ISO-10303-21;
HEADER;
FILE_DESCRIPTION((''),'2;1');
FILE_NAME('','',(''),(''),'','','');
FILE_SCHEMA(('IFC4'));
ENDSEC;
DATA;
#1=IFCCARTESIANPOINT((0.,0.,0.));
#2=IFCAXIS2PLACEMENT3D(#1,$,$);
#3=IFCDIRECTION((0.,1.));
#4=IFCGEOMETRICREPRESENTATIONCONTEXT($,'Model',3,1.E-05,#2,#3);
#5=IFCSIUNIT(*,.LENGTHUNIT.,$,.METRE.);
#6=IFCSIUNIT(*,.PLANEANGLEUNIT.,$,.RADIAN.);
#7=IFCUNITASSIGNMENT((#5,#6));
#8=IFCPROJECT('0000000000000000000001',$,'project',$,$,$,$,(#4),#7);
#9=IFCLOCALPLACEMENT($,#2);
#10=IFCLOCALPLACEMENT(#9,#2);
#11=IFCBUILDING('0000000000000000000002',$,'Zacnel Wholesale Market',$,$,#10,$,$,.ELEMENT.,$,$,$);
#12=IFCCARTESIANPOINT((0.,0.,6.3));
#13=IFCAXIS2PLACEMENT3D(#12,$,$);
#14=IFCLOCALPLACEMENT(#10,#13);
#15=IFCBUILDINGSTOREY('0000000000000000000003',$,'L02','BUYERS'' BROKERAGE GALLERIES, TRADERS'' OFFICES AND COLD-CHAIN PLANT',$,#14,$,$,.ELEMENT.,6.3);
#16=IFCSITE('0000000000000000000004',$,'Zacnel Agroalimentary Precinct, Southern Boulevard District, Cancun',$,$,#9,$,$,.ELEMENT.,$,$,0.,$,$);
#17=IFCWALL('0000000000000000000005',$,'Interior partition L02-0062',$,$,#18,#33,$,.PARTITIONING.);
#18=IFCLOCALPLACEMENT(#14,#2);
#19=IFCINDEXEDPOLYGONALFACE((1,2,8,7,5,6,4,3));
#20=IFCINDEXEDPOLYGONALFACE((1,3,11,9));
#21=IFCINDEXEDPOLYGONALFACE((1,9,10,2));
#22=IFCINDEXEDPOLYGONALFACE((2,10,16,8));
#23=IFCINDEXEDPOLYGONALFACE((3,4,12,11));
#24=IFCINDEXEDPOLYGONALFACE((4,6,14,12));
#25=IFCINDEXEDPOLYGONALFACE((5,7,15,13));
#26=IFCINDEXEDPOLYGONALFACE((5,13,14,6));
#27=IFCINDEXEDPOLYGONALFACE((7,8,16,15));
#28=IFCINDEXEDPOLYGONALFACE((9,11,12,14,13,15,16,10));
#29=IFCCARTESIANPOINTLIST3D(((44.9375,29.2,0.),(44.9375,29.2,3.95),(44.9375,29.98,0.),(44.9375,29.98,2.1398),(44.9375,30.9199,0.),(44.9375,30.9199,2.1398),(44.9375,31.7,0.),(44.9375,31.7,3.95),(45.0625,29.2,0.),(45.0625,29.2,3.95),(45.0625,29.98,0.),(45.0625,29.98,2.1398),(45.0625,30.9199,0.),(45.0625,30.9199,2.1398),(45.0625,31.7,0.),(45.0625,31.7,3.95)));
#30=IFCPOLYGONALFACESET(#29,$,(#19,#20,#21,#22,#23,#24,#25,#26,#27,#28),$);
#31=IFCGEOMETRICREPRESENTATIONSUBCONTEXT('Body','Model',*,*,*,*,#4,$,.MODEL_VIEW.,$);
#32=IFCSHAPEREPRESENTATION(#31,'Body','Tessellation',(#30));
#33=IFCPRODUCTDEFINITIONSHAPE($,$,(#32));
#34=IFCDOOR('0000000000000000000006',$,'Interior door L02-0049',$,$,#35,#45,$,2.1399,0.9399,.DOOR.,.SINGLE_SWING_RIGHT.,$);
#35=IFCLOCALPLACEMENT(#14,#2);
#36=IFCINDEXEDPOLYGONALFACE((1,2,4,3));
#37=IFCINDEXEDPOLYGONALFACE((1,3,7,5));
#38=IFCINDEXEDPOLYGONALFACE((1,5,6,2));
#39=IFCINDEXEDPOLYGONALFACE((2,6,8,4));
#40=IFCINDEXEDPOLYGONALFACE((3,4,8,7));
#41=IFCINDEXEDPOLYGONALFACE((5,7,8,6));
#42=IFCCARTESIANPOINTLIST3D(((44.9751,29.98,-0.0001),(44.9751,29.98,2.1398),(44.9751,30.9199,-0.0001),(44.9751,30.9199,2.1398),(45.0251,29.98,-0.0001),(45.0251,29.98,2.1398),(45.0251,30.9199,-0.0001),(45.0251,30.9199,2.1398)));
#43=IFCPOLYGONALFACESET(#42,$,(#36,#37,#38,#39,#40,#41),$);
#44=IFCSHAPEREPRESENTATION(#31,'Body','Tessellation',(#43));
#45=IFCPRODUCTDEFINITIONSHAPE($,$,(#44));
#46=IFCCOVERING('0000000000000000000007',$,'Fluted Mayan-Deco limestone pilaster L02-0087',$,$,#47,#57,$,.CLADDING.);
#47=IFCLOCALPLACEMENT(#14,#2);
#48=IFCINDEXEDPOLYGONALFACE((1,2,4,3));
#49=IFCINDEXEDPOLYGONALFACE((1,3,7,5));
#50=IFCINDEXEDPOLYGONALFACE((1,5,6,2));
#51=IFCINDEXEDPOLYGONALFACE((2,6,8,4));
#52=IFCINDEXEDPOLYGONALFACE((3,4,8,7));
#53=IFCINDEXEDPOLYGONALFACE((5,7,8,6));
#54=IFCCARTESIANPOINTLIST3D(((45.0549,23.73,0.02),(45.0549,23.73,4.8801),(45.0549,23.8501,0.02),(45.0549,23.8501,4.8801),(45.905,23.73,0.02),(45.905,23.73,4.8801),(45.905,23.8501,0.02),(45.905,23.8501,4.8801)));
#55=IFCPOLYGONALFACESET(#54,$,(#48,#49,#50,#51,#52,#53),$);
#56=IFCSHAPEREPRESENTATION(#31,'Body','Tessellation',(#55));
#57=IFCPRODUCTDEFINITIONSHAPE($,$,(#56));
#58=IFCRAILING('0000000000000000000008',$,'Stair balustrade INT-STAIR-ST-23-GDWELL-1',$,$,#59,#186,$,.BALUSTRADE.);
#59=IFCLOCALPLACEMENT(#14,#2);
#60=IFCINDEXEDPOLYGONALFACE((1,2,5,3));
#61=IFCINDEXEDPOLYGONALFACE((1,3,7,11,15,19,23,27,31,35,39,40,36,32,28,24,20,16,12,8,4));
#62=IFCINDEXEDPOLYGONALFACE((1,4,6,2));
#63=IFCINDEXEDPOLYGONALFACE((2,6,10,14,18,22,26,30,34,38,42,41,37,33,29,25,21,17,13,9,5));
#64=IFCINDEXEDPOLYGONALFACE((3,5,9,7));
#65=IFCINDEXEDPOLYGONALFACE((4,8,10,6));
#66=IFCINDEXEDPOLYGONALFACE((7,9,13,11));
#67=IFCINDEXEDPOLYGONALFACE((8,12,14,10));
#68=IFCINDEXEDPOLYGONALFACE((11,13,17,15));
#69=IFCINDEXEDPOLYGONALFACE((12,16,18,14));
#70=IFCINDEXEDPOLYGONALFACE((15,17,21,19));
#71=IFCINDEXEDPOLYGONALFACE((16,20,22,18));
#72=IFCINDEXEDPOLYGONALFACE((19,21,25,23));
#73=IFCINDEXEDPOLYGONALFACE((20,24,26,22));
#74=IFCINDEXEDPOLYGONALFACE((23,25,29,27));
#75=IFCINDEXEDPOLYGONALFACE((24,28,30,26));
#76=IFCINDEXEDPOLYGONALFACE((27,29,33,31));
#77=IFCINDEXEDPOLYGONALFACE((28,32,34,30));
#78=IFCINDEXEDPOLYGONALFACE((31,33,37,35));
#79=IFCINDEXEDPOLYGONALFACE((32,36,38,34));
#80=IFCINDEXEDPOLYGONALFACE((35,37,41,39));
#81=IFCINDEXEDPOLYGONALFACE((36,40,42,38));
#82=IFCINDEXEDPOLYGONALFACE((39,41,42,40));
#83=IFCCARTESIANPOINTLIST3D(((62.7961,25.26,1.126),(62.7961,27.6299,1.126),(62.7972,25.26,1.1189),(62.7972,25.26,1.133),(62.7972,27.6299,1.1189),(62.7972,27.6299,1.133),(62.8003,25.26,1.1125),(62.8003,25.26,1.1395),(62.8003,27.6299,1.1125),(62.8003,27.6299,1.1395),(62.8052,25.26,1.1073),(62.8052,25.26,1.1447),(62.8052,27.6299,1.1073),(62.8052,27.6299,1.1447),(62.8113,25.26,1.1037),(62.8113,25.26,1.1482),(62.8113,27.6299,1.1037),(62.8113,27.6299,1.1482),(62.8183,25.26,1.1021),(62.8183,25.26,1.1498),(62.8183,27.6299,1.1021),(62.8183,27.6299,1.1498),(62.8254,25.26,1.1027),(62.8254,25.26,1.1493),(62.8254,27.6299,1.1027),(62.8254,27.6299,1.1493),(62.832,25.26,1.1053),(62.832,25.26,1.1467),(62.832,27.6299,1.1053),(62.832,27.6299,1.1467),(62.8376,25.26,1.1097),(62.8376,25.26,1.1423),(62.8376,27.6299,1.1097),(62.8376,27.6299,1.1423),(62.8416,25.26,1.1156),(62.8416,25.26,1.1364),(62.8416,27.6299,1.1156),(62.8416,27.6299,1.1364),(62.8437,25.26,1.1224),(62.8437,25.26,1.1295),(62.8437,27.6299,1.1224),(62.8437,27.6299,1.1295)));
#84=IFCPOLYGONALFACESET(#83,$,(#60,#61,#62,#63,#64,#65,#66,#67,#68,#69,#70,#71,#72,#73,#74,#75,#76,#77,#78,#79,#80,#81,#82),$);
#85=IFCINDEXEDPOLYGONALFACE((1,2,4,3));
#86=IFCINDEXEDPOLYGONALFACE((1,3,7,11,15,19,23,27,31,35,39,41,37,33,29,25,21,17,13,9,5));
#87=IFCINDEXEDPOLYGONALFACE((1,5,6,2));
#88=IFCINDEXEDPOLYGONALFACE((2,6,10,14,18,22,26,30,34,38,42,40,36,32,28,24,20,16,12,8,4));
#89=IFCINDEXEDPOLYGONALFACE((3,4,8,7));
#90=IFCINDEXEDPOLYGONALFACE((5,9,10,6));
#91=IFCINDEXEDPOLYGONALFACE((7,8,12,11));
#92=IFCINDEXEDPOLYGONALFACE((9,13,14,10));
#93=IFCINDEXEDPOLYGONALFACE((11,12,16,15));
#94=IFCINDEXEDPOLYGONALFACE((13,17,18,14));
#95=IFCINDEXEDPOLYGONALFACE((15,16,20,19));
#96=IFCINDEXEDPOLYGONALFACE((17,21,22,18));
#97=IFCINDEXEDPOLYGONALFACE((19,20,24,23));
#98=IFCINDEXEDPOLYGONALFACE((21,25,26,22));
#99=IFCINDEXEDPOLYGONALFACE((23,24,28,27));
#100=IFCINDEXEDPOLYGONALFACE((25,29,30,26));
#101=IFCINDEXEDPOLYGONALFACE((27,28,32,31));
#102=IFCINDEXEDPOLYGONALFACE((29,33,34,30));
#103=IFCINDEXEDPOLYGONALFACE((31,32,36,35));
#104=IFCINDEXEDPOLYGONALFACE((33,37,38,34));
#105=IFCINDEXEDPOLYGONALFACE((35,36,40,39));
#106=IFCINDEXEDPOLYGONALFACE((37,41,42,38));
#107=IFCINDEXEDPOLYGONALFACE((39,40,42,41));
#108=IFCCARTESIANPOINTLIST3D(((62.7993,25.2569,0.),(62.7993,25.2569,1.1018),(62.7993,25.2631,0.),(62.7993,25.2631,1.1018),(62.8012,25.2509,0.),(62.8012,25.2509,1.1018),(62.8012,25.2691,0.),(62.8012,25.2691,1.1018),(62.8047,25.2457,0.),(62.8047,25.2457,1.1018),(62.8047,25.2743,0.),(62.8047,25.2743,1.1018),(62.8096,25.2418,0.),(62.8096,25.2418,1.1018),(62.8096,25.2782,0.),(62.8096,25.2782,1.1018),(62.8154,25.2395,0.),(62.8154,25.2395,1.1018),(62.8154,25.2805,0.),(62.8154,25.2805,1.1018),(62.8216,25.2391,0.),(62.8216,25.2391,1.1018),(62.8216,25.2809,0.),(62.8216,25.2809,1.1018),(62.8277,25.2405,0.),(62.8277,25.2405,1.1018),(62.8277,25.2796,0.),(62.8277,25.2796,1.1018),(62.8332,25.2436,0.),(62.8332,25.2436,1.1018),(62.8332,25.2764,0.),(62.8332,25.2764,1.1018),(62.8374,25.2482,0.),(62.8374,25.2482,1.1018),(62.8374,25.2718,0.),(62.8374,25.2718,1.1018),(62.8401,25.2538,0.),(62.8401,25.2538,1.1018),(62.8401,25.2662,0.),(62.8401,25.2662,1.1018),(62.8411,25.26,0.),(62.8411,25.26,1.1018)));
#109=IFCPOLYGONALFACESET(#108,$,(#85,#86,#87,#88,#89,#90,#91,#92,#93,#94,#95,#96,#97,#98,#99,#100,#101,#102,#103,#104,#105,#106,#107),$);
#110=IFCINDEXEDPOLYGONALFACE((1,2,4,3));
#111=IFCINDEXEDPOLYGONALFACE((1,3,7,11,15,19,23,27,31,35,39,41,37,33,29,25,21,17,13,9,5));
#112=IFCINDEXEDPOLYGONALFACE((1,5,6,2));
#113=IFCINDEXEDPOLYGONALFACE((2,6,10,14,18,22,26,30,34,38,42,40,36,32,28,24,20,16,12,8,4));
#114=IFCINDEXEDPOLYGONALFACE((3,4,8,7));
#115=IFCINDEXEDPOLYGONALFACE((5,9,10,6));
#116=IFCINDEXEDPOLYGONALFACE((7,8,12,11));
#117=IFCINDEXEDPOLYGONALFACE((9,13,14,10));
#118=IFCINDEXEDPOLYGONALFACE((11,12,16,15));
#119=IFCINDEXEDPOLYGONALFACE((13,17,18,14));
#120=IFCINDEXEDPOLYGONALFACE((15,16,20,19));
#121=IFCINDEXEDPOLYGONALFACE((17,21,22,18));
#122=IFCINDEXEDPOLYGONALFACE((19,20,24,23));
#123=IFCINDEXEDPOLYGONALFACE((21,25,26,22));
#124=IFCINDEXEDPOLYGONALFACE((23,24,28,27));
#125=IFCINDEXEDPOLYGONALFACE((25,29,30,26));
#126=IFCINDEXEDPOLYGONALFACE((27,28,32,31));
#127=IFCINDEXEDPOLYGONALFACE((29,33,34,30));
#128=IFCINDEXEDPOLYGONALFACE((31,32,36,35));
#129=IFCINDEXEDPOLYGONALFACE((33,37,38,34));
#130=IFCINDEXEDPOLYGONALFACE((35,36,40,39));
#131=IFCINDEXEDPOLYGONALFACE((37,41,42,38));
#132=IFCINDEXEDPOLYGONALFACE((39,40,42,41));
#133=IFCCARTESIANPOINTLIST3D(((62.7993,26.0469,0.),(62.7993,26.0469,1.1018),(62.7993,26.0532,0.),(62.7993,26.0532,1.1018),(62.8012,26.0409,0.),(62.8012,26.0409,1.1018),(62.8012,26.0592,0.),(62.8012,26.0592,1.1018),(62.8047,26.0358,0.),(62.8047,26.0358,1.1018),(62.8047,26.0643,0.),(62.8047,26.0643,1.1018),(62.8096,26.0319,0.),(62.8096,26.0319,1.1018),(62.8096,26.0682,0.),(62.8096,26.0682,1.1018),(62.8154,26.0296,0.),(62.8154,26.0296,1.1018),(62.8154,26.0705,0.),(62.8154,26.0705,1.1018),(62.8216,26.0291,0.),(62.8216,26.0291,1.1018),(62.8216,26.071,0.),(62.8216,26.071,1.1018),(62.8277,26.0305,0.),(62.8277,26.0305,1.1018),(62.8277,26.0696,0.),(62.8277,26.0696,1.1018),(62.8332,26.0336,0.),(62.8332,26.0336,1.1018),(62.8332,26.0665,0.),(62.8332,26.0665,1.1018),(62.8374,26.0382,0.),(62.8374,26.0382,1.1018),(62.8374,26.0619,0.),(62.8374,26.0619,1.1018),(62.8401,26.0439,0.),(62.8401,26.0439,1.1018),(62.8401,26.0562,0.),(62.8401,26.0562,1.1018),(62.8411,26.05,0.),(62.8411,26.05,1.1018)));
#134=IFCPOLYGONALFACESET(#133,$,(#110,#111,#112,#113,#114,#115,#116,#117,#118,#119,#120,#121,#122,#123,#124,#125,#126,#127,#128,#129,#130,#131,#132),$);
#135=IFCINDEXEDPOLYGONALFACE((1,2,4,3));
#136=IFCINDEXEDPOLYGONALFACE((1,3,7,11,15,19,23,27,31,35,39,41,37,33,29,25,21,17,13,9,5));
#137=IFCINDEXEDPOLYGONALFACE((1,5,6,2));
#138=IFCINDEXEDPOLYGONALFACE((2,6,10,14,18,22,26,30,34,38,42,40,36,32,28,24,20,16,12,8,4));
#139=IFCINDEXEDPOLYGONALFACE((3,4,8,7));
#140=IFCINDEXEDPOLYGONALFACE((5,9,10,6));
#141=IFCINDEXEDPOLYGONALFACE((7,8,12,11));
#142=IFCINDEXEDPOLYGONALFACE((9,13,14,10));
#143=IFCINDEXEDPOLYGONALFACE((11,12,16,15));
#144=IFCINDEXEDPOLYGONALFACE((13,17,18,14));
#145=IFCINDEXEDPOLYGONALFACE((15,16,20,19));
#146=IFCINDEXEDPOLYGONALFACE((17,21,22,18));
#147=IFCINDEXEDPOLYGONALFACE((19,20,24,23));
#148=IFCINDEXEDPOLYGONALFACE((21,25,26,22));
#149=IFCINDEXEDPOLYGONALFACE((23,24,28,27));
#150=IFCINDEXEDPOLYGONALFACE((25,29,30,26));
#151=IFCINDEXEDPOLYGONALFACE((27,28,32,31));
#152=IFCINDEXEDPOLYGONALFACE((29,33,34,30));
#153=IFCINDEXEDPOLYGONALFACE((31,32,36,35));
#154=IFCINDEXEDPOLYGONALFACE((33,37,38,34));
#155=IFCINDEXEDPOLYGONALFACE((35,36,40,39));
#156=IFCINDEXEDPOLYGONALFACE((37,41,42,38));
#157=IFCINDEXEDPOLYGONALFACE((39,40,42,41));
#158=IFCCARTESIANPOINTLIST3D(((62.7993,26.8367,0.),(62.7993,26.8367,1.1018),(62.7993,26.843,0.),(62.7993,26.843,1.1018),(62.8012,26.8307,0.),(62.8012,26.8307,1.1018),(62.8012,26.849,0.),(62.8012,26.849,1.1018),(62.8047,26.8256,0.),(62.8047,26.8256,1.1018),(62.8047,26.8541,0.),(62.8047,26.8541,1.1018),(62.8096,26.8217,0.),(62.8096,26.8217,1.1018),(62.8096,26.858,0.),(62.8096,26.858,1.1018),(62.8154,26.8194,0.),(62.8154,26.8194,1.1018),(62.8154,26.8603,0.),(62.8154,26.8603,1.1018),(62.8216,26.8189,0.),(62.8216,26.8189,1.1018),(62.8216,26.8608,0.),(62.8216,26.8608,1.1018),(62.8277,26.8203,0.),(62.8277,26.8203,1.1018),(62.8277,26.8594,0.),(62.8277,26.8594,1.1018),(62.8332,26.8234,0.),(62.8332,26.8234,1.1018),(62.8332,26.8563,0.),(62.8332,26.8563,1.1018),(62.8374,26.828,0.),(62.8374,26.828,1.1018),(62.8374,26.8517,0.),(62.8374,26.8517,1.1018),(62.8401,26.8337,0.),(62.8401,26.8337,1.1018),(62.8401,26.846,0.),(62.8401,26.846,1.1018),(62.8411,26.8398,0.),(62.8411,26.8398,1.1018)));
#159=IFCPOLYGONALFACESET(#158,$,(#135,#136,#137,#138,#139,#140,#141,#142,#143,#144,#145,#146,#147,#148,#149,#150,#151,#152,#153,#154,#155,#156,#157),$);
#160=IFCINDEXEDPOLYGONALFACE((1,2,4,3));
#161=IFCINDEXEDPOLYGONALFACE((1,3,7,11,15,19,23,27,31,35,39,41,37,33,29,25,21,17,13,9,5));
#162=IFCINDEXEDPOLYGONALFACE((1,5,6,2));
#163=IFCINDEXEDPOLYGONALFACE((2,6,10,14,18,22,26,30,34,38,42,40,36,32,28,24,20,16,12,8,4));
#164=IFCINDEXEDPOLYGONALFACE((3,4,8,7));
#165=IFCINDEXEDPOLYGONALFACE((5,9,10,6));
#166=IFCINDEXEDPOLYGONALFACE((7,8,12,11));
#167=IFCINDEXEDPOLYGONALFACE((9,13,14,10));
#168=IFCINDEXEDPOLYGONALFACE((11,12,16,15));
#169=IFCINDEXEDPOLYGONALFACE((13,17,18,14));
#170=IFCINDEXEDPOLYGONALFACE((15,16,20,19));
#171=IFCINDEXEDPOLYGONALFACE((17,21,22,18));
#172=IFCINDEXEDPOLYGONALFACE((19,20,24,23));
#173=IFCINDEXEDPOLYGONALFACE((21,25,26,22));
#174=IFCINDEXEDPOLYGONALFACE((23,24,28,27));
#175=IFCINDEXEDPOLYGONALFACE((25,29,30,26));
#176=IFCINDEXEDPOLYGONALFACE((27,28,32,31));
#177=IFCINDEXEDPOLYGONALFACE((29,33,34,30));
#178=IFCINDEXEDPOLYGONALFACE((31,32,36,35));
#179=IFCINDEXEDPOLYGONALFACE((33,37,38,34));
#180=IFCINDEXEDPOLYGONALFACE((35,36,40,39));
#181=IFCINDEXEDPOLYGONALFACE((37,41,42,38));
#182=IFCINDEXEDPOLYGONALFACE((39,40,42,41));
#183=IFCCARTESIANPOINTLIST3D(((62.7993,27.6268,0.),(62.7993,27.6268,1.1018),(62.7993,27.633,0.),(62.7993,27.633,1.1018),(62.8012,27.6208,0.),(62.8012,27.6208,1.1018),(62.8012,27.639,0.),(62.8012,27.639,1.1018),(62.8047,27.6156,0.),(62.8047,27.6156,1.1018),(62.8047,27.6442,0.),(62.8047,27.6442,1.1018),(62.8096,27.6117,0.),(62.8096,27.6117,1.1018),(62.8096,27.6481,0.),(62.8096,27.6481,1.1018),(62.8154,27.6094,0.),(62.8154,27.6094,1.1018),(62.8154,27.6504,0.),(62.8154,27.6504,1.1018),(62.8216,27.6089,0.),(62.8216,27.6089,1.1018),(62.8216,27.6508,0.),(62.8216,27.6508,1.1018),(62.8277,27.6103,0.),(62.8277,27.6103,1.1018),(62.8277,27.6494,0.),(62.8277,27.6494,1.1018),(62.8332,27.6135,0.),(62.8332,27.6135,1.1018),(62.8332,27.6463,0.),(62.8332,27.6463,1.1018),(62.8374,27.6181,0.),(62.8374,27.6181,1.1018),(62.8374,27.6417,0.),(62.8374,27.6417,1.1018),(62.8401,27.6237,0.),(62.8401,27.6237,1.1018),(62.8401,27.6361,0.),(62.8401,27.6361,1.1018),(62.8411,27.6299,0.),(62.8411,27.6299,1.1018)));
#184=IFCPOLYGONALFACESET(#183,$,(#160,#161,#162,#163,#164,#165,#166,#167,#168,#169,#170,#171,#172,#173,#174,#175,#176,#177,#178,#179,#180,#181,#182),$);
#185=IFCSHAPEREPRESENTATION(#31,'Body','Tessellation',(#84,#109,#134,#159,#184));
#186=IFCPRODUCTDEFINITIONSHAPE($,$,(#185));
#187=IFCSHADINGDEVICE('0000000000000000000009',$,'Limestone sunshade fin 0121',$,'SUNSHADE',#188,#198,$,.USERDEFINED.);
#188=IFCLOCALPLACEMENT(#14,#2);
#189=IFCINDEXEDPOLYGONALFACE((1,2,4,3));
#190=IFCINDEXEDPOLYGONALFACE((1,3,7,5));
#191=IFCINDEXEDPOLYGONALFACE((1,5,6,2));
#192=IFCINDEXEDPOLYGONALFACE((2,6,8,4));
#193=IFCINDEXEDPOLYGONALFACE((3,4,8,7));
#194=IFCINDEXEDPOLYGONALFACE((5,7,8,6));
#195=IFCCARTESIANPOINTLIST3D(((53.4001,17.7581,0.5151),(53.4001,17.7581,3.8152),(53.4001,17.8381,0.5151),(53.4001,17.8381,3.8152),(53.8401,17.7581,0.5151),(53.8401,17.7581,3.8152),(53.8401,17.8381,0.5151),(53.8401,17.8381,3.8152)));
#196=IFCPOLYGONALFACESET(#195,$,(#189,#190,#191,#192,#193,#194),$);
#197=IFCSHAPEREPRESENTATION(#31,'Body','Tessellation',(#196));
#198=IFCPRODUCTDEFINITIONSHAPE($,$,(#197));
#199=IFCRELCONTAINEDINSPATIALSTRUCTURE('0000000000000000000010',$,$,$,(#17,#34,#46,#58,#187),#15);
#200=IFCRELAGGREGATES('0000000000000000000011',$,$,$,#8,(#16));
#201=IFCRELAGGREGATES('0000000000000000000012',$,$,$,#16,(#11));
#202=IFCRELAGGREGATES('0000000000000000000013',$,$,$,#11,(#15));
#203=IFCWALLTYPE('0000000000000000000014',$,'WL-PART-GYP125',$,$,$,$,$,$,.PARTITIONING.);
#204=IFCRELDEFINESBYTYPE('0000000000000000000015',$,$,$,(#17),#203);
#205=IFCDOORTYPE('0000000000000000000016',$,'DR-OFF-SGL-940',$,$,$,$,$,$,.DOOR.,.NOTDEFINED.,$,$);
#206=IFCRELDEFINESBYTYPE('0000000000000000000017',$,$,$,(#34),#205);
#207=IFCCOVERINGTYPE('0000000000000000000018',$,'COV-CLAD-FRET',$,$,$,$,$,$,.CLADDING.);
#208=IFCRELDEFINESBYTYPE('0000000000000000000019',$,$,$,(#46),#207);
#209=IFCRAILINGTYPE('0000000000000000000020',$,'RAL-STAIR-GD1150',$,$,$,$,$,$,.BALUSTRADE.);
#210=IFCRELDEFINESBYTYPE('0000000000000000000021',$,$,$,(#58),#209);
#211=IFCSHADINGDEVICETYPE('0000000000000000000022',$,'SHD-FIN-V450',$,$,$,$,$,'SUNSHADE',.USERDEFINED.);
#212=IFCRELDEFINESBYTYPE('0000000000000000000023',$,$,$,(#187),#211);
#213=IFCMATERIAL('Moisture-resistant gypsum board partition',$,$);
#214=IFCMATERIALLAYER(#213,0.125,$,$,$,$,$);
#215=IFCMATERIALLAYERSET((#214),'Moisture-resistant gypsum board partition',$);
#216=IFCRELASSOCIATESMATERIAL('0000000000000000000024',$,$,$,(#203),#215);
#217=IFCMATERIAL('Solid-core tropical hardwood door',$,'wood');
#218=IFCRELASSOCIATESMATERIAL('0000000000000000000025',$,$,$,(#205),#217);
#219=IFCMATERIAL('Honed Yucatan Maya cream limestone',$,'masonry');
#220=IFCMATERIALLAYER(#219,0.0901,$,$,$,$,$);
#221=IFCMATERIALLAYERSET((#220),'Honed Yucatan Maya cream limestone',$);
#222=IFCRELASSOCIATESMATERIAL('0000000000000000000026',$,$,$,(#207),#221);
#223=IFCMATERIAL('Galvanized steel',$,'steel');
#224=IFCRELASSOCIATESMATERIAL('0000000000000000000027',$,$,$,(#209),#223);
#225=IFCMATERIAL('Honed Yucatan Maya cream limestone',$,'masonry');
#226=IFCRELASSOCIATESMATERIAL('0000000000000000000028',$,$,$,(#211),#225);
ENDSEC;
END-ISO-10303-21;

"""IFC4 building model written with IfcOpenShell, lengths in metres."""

from ifc_helpers import new_model, si_unit, direction, frame, frame_2d, origin, origin_2d, place, context, subcontext, project, spatial, rectangle, circle, extrude, material, layer, layer_set, type_object, element, fill, save


model = new_model("IFC4")

# Units and contexts
model_context = context("Model", 3, precision=1e-05, world=origin(), true_north=direction((0.0, 1.0)))
body_context = subcontext(model_context, "Body", "Model", "MODEL_VIEW")
ifc_project = project(units=[si_unit("LENGTHUNIT", "METRE"), si_unit("PLANEANGLEUNIT", "RADIAN")], contexts=[model_context])

# Site, building, storey
site_placement = place(None, origin())
site = spatial("IfcSite", under=ifc_project, at=site_placement, Name="Zacnel Agroalimentary Precinct, Southern Boulevard District, Cancun", CompositionType="ELEMENT", RefElevation=0.0)
building_placement = place(site_placement, origin())
building = spatial("IfcBuilding", under=site, at=building_placement, Name="Zacnel Wholesale Market", CompositionType="ELEMENT")
storey_placement = place(building_placement, frame((0.0, 0.0, 6.3)))
storey = spatial("IfcBuildingStorey", under=building, at=storey_placement, Name="L02", Description="BUYERS' BROKERAGE GALLERIES, TRADERS' OFFICES AND COLD-CHAIN PLANT", CompositionType="ELEMENT", Elevation=6.3)

# Wall, opening, door
ifc_material_1 = material(Name="Moisture-resistant gypsum board partition")
ifc_layer_1 = layer(ifc_material_1, 0.125)
ifc_layer_set_1 = layer_set([ifc_layer_1], Name="Moisture-resistant gypsum board partition")
wall_type_1 = type_object("IfcWallType", Name="WL-PART-GYP125", PredefinedType="PARTITIONING", material=ifc_layer_set_1)
wall_1_placement = place(storey_placement, frame((45.0, 29.2, 0.0), z_axis=(0.0, 0.0, 1.0), x_axis=(0.0, 1.0, 0.0)))
wall_1 = element("IfcWall", 1, at=wall_1_placement, inside=storey, type_object=wall_type_1, Name="Interior partition L02-0062", PredefinedType="PARTITIONING", context=body_context, shape_type="SweptSolid", body=[
    extrude(rectangle(XDim=2.5, YDim=0.125, at=frame_2d((1.25, 0.0))), origin(), (0.0, 0.0, 1.0), 3.95),
])
opening_1_placement = place(wall_1_placement, frame((0.78, 0.0, 0.0)))
opening_1 = element("IfcOpeningElement", 2, at=opening_1_placement, cuts=wall_1, PredefinedType="OPENING", context=body_context, shape_type="SweptSolid", body=[
    extrude(rectangle(XDim=0.9399, YDim=2.1399, at=frame_2d((0.47, 1.0698))), frame((0.0, 0.0725, 0.0), z_axis=(0.0, -1.0, 0.0), x_axis=(1.0, 0.0, 0.0)), (0.0, 0.0, 1.0), 0.145),
])
ifc_material_2 = material(Name="Solid-core tropical hardwood door", Category="wood")
door_type_1 = type_object("IfcDoorType", Name="DR-OFF-SGL-940", OperationType="NOTDEFINED", PredefinedType="DOOR", material=ifc_material_2)
door_1_placement = place(opening_1_placement, origin())
door_1 = element("IfcDoor", 3, at=door_1_placement, inside=storey, type_object=door_type_1, Name="Interior door L02-0049", OperationType="SINGLE_SWING_RIGHT", OverallHeight=2.1399, OverallWidth=0.9399, PredefinedType="DOOR", context=body_context, shape_type="SweptSolid", body=[
    extrude(rectangle(XDim=0.9399, YDim=2.1399, at=frame_2d((0.47, 1.0698))), frame((0.0, 0.0249, 0.0), z_axis=(0.0, -1.0, 0.0), x_axis=(1.0, 0.0, 0.0)), (0.0, 0.0, 1.0), 0.05),
])
fill(opening_1, door_1)

# Covering
ifc_material_3 = material(Name="Honed Yucatan Maya cream limestone", Category="masonry")
ifc_layer_2 = layer(ifc_material_3, 0.0901)
ifc_layer_set_2 = layer_set([ifc_layer_2], Name="Honed Yucatan Maya cream limestone")
covering_type = type_object("IfcCoveringType", Name="COV-CLAD-FRET", PredefinedType="CLADDING", material=ifc_layer_set_2)
covering_placement = place(storey_placement, frame((45.48, 23.79, 0.02), z_axis=(0.0, 0.0, 1.0), x_axis=(1.0, 0.0, 0.0)))
element("IfcCovering", 4, at=covering_placement, inside=storey, type_object=covering_type, Name="Fluted Mayan-Deco limestone pilaster L02-0087", PredefinedType="CLADDING", context=body_context, shape_type="SweptSolid", body=[
    extrude(rectangle(XDim=0.8501, YDim=0.1201, at=origin_2d()), origin(), (0.0, 0.0, 1.0), 4.8601),
])

# Railing
ifc_material_4 = material(Name="Galvanized steel", Category="steel")
railing_type = type_object("IfcRailingType", Name="RAL-STAIR-GD1150", PredefinedType="BALUSTRADE", material=ifc_material_4)
railing_placement = place(storey_placement, frame((62.8201, 25.26, 0.0)))
element("IfcRailing", 5, at=railing_placement, inside=storey, type_object=railing_type, Name="Stair balustrade INT-STAIR-ST-23-GDWELL-1", PredefinedType="BALUSTRADE", context=body_context, shape_type="SweptSolid", body=[
    extrude(circle(Radius=0.0239, at=origin_2d()), frame((0.0, 0.0, 1.126), z_axis=(0.0, 1.0, 0.0), x_axis=(-1.0, 0.0, 0.0)), (0.0, 0.0, 1.0), 2.3699),
    extrude(circle(Radius=0.021, at=origin_2d()), origin(), (0.0, 0.0, 1.0), 1.1018),
    extrude(circle(Radius=0.021, at=origin_2d()), frame((0.0, 0.79, 0.0)), (0.0, 0.0, 1.0), 1.1018),
    extrude(circle(Radius=0.021, at=origin_2d()), frame((0.0, 1.5798, 0.0)), (0.0, 0.0, 1.0), 1.1018),
    extrude(circle(Radius=0.021, at=origin_2d()), frame((0.0, 2.3699, 0.0)), (0.0, 0.0, 1.0), 1.1018),
])

# Shading device
ifc_material_5 = material(Name="Honed Yucatan Maya cream limestone", Category="masonry")
shading_device_type = type_object("IfcShadingDeviceType", Name="SHD-FIN-V450", ElementType="SUNSHADE", PredefinedType="USERDEFINED", material=ifc_material_5)
for number, where, z_axis, x_axis, name in (
    (6, (53.6201, 17.7981, 0.5151), (0.0, 0.0, 1.0), (0.0, 1.0, 0.0), "Limestone sunshade fin 0121"),
):
    element("IfcShadingDevice", number, at=place(storey_placement, frame(where, z_axis=z_axis, x_axis=x_axis)), inside=storey, type_object=shading_device_type, Name=name, ObjectType="SUNSHADE", PredefinedType="USERDEFINED", context=body_context, shape_type="SweptSolid", body=[
        extrude(rectangle(XDim=0.0801, YDim=0.4399, at=origin_2d()), origin(), (0.0, 0.0, 1.0), 3.3),
    ])

save(model, "model.ifc")
